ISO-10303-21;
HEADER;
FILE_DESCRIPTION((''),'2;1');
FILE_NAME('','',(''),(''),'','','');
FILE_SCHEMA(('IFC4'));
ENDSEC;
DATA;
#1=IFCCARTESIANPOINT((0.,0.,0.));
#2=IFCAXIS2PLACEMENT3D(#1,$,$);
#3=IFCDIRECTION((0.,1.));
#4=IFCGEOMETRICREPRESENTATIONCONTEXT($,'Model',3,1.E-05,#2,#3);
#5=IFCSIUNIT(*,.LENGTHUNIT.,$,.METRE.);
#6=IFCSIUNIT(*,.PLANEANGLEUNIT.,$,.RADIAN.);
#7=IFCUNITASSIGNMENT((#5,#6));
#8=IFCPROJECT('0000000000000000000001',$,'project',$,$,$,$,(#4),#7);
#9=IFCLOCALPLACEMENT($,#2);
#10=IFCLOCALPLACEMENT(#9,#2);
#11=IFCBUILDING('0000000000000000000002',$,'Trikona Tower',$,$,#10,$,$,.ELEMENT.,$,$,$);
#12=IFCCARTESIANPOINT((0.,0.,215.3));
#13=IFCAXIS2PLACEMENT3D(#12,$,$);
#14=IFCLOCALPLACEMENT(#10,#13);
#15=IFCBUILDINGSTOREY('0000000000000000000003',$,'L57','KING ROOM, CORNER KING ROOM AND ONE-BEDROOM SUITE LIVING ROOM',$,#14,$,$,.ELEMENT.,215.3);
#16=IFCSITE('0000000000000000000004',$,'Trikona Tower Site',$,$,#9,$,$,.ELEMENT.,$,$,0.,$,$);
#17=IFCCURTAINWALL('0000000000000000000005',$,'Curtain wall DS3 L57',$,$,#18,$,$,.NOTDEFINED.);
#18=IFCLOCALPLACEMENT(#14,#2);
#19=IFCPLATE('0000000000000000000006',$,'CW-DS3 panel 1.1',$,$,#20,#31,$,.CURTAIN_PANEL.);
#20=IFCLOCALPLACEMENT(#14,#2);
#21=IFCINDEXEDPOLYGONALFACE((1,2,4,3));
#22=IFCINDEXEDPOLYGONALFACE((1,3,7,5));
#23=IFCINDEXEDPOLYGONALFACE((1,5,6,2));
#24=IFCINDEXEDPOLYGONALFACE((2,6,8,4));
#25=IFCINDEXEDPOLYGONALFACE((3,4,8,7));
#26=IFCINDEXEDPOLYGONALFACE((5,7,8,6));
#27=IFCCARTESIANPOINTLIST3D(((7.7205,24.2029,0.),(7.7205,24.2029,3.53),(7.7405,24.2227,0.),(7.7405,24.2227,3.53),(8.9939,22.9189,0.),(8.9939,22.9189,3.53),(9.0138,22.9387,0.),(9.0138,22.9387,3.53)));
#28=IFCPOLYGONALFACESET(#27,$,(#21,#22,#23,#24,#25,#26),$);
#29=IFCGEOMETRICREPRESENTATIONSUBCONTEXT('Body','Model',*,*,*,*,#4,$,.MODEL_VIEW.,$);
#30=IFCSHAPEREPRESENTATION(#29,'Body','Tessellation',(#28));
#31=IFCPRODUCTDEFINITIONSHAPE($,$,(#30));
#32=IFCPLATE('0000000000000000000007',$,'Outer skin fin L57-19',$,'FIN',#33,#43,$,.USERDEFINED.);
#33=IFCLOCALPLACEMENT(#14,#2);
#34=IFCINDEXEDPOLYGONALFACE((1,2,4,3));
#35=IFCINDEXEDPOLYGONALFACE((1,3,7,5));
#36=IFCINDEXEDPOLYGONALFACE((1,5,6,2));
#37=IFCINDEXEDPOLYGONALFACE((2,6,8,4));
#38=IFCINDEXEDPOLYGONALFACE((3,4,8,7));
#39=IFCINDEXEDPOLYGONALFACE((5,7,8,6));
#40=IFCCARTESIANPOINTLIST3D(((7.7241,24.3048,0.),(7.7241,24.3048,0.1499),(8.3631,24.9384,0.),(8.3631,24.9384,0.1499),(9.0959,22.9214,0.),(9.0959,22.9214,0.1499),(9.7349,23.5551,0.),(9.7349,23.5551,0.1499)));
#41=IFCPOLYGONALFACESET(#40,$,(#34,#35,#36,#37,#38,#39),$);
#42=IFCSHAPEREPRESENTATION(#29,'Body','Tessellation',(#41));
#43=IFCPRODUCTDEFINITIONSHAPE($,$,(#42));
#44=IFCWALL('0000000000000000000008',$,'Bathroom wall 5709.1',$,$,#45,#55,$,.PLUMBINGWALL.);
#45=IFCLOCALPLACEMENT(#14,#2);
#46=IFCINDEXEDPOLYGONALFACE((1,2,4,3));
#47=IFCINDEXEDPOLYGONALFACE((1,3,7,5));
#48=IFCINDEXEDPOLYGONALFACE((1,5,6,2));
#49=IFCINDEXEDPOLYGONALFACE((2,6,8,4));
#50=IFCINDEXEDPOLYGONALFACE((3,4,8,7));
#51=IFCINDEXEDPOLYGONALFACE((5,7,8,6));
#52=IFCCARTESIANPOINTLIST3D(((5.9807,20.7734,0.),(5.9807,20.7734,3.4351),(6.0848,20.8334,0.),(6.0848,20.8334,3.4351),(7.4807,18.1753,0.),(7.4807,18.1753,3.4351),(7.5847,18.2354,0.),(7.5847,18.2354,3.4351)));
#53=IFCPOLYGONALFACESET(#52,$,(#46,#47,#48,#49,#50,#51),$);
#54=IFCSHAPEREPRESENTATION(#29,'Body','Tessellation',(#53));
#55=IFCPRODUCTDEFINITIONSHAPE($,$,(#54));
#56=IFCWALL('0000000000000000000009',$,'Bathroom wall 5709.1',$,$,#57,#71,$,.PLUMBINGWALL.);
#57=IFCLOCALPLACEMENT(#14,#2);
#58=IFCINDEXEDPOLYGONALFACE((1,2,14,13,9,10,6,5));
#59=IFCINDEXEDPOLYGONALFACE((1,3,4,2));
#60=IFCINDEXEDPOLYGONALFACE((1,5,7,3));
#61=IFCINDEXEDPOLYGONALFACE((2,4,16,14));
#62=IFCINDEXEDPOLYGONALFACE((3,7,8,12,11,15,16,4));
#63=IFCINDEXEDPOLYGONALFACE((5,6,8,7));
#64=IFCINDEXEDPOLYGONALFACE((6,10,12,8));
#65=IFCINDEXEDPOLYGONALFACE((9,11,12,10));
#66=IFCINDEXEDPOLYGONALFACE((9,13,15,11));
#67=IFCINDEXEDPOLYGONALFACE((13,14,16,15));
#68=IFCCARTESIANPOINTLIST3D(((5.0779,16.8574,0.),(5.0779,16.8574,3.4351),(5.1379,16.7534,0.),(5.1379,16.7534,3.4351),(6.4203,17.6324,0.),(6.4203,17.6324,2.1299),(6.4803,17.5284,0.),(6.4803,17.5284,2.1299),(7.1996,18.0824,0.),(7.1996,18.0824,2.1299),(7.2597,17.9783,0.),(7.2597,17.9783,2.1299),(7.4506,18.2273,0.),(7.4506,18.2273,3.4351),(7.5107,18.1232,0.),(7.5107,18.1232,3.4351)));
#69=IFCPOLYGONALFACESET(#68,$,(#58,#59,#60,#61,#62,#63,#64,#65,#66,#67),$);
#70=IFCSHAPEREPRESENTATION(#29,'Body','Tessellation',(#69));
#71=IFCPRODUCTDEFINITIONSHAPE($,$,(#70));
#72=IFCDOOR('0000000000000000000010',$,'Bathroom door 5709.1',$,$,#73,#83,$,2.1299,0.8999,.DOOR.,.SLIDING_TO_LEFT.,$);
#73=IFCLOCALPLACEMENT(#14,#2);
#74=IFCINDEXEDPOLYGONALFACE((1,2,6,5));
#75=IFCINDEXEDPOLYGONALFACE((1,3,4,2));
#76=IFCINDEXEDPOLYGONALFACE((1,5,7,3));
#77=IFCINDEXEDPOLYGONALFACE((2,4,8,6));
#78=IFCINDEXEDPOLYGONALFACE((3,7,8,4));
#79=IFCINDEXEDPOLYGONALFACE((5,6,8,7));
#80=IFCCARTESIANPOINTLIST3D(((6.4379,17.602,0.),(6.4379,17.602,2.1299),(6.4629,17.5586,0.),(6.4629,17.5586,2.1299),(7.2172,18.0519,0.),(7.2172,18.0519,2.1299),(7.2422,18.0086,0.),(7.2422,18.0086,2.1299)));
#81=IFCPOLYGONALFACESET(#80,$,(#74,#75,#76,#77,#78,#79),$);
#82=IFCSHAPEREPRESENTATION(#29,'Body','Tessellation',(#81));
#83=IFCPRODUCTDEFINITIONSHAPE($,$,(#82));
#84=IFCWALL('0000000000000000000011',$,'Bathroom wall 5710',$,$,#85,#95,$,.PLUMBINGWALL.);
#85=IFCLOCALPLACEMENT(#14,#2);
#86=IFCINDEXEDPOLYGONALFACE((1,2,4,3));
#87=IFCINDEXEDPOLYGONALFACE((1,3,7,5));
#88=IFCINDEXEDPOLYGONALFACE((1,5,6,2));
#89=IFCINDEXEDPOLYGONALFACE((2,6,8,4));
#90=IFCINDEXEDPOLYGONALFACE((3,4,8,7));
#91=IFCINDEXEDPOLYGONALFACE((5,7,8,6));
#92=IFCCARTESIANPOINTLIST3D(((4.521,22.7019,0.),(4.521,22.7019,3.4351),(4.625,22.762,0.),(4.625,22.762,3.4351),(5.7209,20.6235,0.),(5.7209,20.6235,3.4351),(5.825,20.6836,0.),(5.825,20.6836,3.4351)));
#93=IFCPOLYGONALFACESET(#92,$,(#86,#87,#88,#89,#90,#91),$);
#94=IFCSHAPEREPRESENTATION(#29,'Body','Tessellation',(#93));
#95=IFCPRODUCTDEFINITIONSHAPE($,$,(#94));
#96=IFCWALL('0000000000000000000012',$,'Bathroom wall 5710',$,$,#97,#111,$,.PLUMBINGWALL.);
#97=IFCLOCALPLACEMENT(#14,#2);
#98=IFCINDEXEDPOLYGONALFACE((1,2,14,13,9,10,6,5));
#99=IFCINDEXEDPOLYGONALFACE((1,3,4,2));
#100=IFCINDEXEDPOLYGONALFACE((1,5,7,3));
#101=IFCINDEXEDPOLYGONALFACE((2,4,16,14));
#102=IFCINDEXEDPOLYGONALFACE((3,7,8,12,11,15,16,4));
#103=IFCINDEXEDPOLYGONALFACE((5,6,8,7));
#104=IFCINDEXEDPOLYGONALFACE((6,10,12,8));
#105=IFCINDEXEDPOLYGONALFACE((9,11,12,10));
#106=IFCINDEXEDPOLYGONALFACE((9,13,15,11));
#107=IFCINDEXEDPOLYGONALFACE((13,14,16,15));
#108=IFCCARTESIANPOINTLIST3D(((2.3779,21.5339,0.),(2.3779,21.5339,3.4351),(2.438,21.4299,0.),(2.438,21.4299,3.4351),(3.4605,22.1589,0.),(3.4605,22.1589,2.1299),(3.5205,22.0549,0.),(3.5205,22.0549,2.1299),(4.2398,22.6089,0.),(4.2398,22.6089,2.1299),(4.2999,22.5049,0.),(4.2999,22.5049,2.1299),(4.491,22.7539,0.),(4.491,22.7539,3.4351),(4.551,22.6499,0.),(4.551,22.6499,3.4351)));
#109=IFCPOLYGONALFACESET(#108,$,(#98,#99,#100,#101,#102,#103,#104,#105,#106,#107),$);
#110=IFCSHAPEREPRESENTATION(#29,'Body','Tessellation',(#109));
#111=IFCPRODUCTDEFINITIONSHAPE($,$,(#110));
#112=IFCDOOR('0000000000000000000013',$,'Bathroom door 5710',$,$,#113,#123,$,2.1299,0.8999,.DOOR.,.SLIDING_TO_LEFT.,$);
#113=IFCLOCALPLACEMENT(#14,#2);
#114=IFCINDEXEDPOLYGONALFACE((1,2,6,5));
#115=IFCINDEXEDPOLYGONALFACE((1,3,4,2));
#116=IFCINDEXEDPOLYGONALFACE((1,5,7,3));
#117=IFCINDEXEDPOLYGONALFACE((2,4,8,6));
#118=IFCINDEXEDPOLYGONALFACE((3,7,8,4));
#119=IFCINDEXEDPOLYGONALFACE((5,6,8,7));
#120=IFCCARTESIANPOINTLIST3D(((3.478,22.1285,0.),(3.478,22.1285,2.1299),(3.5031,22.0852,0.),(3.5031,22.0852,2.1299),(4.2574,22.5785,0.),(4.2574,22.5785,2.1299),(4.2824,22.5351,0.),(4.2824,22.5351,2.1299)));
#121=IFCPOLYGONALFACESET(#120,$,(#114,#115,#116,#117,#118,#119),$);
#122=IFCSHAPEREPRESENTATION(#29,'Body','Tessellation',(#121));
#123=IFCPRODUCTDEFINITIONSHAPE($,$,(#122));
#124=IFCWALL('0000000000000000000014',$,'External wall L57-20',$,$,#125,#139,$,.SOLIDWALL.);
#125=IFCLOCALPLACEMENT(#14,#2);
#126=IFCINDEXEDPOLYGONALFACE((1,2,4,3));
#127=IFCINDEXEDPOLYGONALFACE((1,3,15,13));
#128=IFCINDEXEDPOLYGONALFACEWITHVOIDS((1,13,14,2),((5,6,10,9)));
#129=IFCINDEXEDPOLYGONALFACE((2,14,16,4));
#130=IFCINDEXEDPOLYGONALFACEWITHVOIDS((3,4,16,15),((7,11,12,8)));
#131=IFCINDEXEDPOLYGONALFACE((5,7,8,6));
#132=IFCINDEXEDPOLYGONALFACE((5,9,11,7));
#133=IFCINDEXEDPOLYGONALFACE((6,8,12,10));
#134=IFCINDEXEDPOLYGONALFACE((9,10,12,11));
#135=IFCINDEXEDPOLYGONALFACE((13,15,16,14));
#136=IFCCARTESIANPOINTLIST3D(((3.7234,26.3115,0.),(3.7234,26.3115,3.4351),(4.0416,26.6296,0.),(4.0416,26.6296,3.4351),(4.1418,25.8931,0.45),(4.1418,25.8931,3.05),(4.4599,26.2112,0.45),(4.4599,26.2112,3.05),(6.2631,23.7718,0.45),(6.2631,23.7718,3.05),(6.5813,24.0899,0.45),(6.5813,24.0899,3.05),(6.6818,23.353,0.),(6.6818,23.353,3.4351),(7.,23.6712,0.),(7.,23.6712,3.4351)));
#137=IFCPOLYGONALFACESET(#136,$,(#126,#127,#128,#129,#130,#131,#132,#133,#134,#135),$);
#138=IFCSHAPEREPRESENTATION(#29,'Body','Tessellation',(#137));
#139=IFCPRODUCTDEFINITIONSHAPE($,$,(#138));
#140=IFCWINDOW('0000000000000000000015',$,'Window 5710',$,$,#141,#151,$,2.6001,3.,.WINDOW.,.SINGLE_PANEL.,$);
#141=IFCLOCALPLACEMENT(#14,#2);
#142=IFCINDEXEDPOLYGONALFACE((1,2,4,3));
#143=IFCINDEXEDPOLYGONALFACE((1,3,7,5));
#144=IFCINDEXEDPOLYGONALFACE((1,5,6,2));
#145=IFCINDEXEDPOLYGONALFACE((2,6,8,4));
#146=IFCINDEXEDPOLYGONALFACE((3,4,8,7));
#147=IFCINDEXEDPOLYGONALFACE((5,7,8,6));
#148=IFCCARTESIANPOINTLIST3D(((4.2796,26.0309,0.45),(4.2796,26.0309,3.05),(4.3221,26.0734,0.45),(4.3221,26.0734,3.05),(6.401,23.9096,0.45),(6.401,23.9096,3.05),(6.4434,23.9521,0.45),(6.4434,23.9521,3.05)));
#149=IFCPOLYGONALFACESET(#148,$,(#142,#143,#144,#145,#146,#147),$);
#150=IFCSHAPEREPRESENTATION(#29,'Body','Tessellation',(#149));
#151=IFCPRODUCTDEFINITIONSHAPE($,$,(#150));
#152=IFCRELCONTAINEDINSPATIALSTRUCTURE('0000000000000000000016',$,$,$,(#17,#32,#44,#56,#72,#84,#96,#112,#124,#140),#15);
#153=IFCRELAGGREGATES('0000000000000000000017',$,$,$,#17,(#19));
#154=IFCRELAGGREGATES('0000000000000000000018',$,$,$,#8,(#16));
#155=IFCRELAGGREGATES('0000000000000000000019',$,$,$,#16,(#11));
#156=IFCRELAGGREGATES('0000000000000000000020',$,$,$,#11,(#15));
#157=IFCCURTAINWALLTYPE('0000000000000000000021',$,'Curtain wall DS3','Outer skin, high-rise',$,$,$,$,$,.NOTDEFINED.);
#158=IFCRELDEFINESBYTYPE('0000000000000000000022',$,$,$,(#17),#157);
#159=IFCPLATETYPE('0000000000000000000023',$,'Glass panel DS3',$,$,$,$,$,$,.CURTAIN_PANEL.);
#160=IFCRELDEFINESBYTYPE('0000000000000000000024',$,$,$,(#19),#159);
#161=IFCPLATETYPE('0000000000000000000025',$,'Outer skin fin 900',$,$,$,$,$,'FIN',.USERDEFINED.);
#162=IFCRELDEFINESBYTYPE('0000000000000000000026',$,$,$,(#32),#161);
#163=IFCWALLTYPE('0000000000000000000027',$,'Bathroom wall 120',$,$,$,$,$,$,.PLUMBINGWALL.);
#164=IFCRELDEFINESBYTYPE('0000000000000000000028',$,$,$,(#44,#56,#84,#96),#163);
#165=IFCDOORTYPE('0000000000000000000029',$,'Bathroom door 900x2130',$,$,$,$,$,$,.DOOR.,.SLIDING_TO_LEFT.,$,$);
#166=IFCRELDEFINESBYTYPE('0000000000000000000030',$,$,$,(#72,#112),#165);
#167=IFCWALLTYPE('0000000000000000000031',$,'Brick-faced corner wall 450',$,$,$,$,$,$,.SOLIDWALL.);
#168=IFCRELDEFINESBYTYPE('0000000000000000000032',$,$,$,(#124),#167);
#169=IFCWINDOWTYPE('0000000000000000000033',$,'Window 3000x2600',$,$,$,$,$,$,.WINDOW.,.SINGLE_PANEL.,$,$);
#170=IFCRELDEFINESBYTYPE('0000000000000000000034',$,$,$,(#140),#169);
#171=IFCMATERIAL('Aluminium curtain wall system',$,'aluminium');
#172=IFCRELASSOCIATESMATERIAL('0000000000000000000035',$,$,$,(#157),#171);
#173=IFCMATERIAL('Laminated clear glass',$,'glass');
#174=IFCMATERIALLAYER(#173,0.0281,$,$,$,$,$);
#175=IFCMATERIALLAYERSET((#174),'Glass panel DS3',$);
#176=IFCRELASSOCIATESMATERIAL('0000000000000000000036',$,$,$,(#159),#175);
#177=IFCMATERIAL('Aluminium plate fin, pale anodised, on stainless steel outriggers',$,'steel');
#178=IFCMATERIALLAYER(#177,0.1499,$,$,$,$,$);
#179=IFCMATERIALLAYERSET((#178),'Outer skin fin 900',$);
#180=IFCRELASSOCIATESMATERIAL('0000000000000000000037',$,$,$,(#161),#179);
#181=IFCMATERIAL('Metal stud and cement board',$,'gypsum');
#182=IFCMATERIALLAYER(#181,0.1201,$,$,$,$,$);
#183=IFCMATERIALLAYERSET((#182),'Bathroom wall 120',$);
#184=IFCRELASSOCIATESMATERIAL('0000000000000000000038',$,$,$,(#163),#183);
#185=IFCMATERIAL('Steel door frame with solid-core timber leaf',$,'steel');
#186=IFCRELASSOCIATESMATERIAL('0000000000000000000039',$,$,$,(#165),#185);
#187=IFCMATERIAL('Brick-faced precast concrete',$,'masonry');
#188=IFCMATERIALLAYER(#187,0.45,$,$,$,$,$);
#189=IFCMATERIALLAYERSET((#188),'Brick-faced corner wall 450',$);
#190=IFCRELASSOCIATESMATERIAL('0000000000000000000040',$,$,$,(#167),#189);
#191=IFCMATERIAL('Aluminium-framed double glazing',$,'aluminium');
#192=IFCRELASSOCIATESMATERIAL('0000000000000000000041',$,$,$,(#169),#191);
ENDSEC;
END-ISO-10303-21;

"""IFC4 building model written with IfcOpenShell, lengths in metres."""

from ifc_helpers import new_model, si_unit, direction, frame, frame_2d, origin, origin_2d, place, context, subcontext, project, spatial, rectangle, extrude, material, layer, layer_set, type_object, element, fill, aggregate, save


model = new_model("IFC4")

# Units and contexts
model_context = context("Model", 3, precision=1e-05, world=origin(), true_north=direction((0.0, 1.0)))
body_context = subcontext(model_context, "Body", "Model", "MODEL_VIEW")
ifc_project = project(units=[si_unit("LENGTHUNIT", "METRE"), si_unit("PLANEANGLEUNIT", "RADIAN")], contexts=[model_context])

# Site, building, storey
site_placement = place(None, origin())
site = spatial("IfcSite", under=ifc_project, at=site_placement, Name="Trikona Tower Site", CompositionType="ELEMENT", RefElevation=0.0)
building_placement = place(site_placement, origin())
building = spatial("IfcBuilding", under=site, at=building_placement, Name="Trikona Tower", CompositionType="ELEMENT")
storey_placement = place(building_placement, frame((0.0, 0.0, 215.3)))
storey = spatial("IfcBuildingStorey", under=building, at=storey_placement, Name="L57", Description="KING ROOM, CORNER KING ROOM AND ONE-BEDROOM SUITE LIVING ROOM", CompositionType="ELEMENT", Elevation=215.3)

# Curtain wall
ifc_material_1 = material(Name="Aluminium curtain wall system", Category="aluminium")
curtain_wall_type = type_object("IfcCurtainWallType", Name="Curtain wall DS3", Description="Outer skin, high-rise", PredefinedType="NOTDEFINED", material=ifc_material_1)
curtain_wall_placement = place(storey_placement, origin())
curtain_wall = element("IfcCurtainWall", 1, at=curtain_wall_placement, inside=storey, type_object=curtain_wall_type, Name="Curtain wall DS3 L57", PredefinedType="NOTDEFINED")

# Plates
ifc_material_2 = material(Name="Laminated clear glass", Category="glass")
ifc_layer_1 = layer(ifc_material_2, 0.0281)
ifc_layer_set_1 = layer_set([ifc_layer_1], Name="Glass panel DS3")
plate_type_1 = type_object("IfcPlateType", Name="Glass panel DS3", PredefinedType="CURTAIN_PANEL", material=ifc_layer_set_1)
plate_1_placement = place(storey_placement, frame((8.3672, 23.5708, 0.0), z_axis=(0.0, 0.0, 1.0), x_axis=(-0.704149, 0.710052, 0.0)))
plate_1 = element("IfcPlate", 2, at=plate_1_placement, type_object=plate_type_1, Name="CW-DS3 panel 1.1", PredefinedType="CURTAIN_PANEL", context=body_context, shape_type="SweptSolid", body=[
    extrude(rectangle(XDim=1.8083, YDim=0.0281, at=origin_2d()), origin(), (0.0, 0.0, 1.0), 3.53),
])
aggregate(curtain_wall, [plate_1])
ifc_material_3 = material(Name="Aluminium plate fin, pale anodised, on stainless steel outriggers", Category="steel")
ifc_layer_2 = layer(ifc_material_3, 0.1499)
ifc_layer_set_2 = layer_set([ifc_layer_2], Name="Outer skin fin 900")
plate_type_2 = type_object("IfcPlateType", Name="Outer skin fin 900", ElementType="FIN", PredefinedType="USERDEFINED", material=ifc_layer_set_2)
plate_2_placement = place(storey_placement, frame((8.7295, 23.9299, 0.0), z_axis=(0.0, 0.0, 1.0), x_axis=(-0.704151, 0.71005, 0.0)))
element("IfcPlate", 3, at=plate_2_placement, inside=storey, type_object=plate_type_2, Name="Outer skin fin L57-19", ObjectType="FIN", PredefinedType="USERDEFINED", context=body_context, shape_type="SweptSolid", body=[
    extrude(rectangle(XDim=1.9482, YDim=0.8999, at=origin_2d()), origin(), (0.0, 0.0, 1.0), 0.1499),
])

# Wall
ifc_material_4 = material(Name="Metal stud and cement board", Category="gypsum")
ifc_layer_3 = layer(ifc_material_4, 0.1201)
ifc_layer_set_3 = layer_set([ifc_layer_3], Name="Bathroom wall 120")
wall_type_1 = type_object("IfcWallType", Name="Bathroom wall 120", PredefinedType="PLUMBINGWALL", material=ifc_layer_set_3)
wall_1_placement = place(storey_placement, frame((7.5327, 18.2053, 0.0), z_axis=(0.0, 0.0, 1.0), x_axis=(-0.49999, 0.866031, 0.0)))
element("IfcWall", 4, at=wall_1_placement, inside=storey, type_object=wall_type_1, Name="Bathroom wall 5709.1", PredefinedType="PLUMBINGWALL", context=body_context, shape_type="SweptSolid", body=[
    extrude(rectangle(XDim=3.0, YDim=0.1201, at=frame_2d((1.5, 0.0))), origin(), (0.0, 0.0, 1.0), 3.4351),
])

# Wall, opening, door
wall_2_placement = place(storey_placement, frame((5.1079, 16.8054, 0.0), z_axis=(0.0, 0.0, 1.0), x_axis=(0.866036, 0.499982, 0.0)))
wall_2 = element("IfcWall", 5, at=wall_2_placement, inside=storey, type_object=wall_type_1, Name="Bathroom wall 5709.1", PredefinedType="PLUMBINGWALL", context=body_context, shape_type="SweptSolid", body=[
    extrude(rectangle(XDim=2.7397, YDim=0.1201, at=frame_2d((1.3699, 0.0))), origin(), (0.0, 0.0, 1.0), 3.4351),
])
opening_1_placement = place(wall_2_placement, frame((1.55, 0.0, 0.0)))
opening_1 = element("IfcOpeningElement", 6, at=opening_1_placement, cuts=wall_2, PredefinedType="OPENING", context=body_context, shape_type="SweptSolid", body=[
    extrude(rectangle(XDim=0.8999, YDim=2.1299, at=frame_2d((0.45, 1.0649))), frame((0.0, 0.0701, 0.0), z_axis=(0.0, -1.0, 0.0), x_axis=(1.0, 0.0, 0.0)), (0.0, 0.0, 1.0), 0.1401),
])
ifc_material_5 = material(Name="Steel door frame with solid-core timber leaf", Category="steel")
door_type_1 = type_object("IfcDoorType", Name="Bathroom door 900x2130", OperationType="SLIDING_TO_LEFT", PredefinedType="DOOR", material=ifc_material_5)
door_1_placement = place(opening_1_placement, origin())
door_1 = element("IfcDoor", 7, at=door_1_placement, inside=storey, type_object=door_type_1, Name="Bathroom door 5709.1", OperationType="SLIDING_TO_LEFT", OverallHeight=2.1299, OverallWidth=0.8999, PredefinedType="DOOR", context=body_context, shape_type="SweptSolid", body=[
    extrude(rectangle(XDim=0.8999, YDim=2.1299, at=frame_2d((0.45, 1.0649))), frame((0.0, 0.0249, 0.0), z_axis=(0.0, -1.0, 0.0), x_axis=(1.0, 0.0, 0.0)), (0.0, 0.0, 1.0), 0.05),
])
fill(opening_1, door_1)

# Wall
wall_3_placement = place(storey_placement, frame((5.7729, 20.6536, 0.0), z_axis=(0.0, 0.0, 1.0), x_axis=(-0.500001, 0.866025, 0.0)))
element("IfcWall", 8, at=wall_3_placement, inside=storey, type_object=wall_type_1, Name="Bathroom wall 5710", PredefinedType="PLUMBINGWALL", context=body_context, shape_type="SweptSolid", body=[
    extrude(rectangle(XDim=2.3999, YDim=0.1201, at=frame_2d((1.2, 0.0))), origin(), (0.0, 0.0, 1.0), 3.4351),
])

# Wall, opening, door
wall_4_placement = place(storey_placement, frame((2.408, 21.4819, 0.0), z_axis=(0.0, 0.0, 1.0), x_axis=(0.866024, 0.500003, 0.0)))
wall_4 = element("IfcWall", 9, at=wall_4_placement, inside=storey, type_object=wall_type_1, Name="Bathroom wall 5710", PredefinedType="PLUMBINGWALL", context=body_context, shape_type="SweptSolid", body=[
    extrude(rectangle(XDim=2.4399, YDim=0.1201, at=frame_2d((1.22, 0.0))), origin(), (0.0, 0.0, 1.0), 3.4351),
])
opening_2_placement = place(wall_4_placement, frame((1.25, 0.0, 0.0)))
opening_2 = element("IfcOpeningElement", 10, at=opening_2_placement, cuts=wall_4, PredefinedType="OPENING", context=body_context, shape_type="SweptSolid", body=[
    extrude(rectangle(XDim=0.8999, YDim=2.1299, at=frame_2d((0.45, 1.0649))), frame((0.0, 0.0701, 0.0), z_axis=(0.0, -1.0, 0.0), x_axis=(1.0, 0.0, 0.0)), (0.0, 0.0, 1.0), 0.1401),
])
door_2_placement = place(opening_2_placement, origin())
door_2 = element("IfcDoor", 11, at=door_2_placement, inside=storey, type_object=door_type_1, Name="Bathroom door 5710", OperationType="SLIDING_TO_LEFT", OverallHeight=2.1299, OverallWidth=0.8999, PredefinedType="DOOR", context=body_context, shape_type="SweptSolid", body=[
    extrude(rectangle(XDim=0.8999, YDim=2.1299, at=frame_2d((0.45, 1.0649))), frame((0.0, 0.0249, 0.0), z_axis=(0.0, -1.0, 0.0), x_axis=(1.0, 0.0, 0.0)), (0.0, 0.0, 1.0), 0.05),
])
fill(opening_2, door_2)

# Wall, opening, window
ifc_material_6 = material(Name="Brick-faced precast concrete", Category="masonry")
ifc_layer_4 = layer(ifc_material_6, 0.45)
ifc_layer_set_4 = layer_set([ifc_layer_4], Name="Brick-faced corner wall 450")
wall_type_2 = type_object("IfcWallType", Name="Brick-faced corner wall 450", PredefinedType="SOLIDWALL", material=ifc_layer_set_4)
wall_5_placement = place(storey_placement, frame((6.8408, 23.5122, 0.0), z_axis=(0.0, 0.0, 1.0), x_axis=(-0.707107, 0.707107, 0.0)))
wall_5 = element("IfcWall", 12, at=wall_5_placement, inside=storey, type_object=wall_type_2, Name="External wall L57-20", PredefinedType="SOLIDWALL", context=body_context, shape_type="SweptSolid", body=[
    extrude(rectangle(XDim=4.1838, YDim=0.45, at=frame_2d((2.0918, 0.0))), origin(), (0.0, 0.0, 1.0), 3.4351),
])
opening_3_placement = place(wall_5_placement, frame((0.592, 0.0, 0.45)))
opening_3 = element("IfcOpeningElement", 13, at=opening_3_placement, cuts=wall_5, PredefinedType="OPENING", context=body_context, shape_type="SweptSolid", body=[
    extrude(rectangle(XDim=3.0, YDim=2.6001, at=frame_2d((1.5, 1.3))), frame((0.0, 0.2349, 0.0), z_axis=(0.0, -1.0, 0.0), x_axis=(1.0, 0.0, 0.0)), (0.0, 0.0, 1.0), 0.47),
])
ifc_material_7 = material(Name="Aluminium-framed double glazing", Category="aluminium")
window_type_1 = type_object("IfcWindowType", Name="Window 3000x2600", PartitioningType="SINGLE_PANEL", PredefinedType="WINDOW", material=ifc_material_7)
window_1_placement = place(opening_3_placement, origin())
window_1 = element("IfcWindow", 14, at=window_1_placement, inside=storey, type_object=window_type_1, Name="Window 5710", OverallHeight=2.6001, OverallWidth=3.0, PartitioningType="SINGLE_PANEL", PredefinedType="WINDOW", context=body_context, shape_type="SweptSolid", body=[
    extrude(rectangle(XDim=3.0, YDim=2.6001, at=frame_2d((1.5, 1.3))), frame((0.0, 0.03, 0.0), z_axis=(0.0, -1.0, 0.0), x_axis=(1.0, 0.0, 0.0)), (0.0, 0.0, 1.0), 0.0601),
])
fill(opening_3, window_1)

save(model, "model.ifc")
